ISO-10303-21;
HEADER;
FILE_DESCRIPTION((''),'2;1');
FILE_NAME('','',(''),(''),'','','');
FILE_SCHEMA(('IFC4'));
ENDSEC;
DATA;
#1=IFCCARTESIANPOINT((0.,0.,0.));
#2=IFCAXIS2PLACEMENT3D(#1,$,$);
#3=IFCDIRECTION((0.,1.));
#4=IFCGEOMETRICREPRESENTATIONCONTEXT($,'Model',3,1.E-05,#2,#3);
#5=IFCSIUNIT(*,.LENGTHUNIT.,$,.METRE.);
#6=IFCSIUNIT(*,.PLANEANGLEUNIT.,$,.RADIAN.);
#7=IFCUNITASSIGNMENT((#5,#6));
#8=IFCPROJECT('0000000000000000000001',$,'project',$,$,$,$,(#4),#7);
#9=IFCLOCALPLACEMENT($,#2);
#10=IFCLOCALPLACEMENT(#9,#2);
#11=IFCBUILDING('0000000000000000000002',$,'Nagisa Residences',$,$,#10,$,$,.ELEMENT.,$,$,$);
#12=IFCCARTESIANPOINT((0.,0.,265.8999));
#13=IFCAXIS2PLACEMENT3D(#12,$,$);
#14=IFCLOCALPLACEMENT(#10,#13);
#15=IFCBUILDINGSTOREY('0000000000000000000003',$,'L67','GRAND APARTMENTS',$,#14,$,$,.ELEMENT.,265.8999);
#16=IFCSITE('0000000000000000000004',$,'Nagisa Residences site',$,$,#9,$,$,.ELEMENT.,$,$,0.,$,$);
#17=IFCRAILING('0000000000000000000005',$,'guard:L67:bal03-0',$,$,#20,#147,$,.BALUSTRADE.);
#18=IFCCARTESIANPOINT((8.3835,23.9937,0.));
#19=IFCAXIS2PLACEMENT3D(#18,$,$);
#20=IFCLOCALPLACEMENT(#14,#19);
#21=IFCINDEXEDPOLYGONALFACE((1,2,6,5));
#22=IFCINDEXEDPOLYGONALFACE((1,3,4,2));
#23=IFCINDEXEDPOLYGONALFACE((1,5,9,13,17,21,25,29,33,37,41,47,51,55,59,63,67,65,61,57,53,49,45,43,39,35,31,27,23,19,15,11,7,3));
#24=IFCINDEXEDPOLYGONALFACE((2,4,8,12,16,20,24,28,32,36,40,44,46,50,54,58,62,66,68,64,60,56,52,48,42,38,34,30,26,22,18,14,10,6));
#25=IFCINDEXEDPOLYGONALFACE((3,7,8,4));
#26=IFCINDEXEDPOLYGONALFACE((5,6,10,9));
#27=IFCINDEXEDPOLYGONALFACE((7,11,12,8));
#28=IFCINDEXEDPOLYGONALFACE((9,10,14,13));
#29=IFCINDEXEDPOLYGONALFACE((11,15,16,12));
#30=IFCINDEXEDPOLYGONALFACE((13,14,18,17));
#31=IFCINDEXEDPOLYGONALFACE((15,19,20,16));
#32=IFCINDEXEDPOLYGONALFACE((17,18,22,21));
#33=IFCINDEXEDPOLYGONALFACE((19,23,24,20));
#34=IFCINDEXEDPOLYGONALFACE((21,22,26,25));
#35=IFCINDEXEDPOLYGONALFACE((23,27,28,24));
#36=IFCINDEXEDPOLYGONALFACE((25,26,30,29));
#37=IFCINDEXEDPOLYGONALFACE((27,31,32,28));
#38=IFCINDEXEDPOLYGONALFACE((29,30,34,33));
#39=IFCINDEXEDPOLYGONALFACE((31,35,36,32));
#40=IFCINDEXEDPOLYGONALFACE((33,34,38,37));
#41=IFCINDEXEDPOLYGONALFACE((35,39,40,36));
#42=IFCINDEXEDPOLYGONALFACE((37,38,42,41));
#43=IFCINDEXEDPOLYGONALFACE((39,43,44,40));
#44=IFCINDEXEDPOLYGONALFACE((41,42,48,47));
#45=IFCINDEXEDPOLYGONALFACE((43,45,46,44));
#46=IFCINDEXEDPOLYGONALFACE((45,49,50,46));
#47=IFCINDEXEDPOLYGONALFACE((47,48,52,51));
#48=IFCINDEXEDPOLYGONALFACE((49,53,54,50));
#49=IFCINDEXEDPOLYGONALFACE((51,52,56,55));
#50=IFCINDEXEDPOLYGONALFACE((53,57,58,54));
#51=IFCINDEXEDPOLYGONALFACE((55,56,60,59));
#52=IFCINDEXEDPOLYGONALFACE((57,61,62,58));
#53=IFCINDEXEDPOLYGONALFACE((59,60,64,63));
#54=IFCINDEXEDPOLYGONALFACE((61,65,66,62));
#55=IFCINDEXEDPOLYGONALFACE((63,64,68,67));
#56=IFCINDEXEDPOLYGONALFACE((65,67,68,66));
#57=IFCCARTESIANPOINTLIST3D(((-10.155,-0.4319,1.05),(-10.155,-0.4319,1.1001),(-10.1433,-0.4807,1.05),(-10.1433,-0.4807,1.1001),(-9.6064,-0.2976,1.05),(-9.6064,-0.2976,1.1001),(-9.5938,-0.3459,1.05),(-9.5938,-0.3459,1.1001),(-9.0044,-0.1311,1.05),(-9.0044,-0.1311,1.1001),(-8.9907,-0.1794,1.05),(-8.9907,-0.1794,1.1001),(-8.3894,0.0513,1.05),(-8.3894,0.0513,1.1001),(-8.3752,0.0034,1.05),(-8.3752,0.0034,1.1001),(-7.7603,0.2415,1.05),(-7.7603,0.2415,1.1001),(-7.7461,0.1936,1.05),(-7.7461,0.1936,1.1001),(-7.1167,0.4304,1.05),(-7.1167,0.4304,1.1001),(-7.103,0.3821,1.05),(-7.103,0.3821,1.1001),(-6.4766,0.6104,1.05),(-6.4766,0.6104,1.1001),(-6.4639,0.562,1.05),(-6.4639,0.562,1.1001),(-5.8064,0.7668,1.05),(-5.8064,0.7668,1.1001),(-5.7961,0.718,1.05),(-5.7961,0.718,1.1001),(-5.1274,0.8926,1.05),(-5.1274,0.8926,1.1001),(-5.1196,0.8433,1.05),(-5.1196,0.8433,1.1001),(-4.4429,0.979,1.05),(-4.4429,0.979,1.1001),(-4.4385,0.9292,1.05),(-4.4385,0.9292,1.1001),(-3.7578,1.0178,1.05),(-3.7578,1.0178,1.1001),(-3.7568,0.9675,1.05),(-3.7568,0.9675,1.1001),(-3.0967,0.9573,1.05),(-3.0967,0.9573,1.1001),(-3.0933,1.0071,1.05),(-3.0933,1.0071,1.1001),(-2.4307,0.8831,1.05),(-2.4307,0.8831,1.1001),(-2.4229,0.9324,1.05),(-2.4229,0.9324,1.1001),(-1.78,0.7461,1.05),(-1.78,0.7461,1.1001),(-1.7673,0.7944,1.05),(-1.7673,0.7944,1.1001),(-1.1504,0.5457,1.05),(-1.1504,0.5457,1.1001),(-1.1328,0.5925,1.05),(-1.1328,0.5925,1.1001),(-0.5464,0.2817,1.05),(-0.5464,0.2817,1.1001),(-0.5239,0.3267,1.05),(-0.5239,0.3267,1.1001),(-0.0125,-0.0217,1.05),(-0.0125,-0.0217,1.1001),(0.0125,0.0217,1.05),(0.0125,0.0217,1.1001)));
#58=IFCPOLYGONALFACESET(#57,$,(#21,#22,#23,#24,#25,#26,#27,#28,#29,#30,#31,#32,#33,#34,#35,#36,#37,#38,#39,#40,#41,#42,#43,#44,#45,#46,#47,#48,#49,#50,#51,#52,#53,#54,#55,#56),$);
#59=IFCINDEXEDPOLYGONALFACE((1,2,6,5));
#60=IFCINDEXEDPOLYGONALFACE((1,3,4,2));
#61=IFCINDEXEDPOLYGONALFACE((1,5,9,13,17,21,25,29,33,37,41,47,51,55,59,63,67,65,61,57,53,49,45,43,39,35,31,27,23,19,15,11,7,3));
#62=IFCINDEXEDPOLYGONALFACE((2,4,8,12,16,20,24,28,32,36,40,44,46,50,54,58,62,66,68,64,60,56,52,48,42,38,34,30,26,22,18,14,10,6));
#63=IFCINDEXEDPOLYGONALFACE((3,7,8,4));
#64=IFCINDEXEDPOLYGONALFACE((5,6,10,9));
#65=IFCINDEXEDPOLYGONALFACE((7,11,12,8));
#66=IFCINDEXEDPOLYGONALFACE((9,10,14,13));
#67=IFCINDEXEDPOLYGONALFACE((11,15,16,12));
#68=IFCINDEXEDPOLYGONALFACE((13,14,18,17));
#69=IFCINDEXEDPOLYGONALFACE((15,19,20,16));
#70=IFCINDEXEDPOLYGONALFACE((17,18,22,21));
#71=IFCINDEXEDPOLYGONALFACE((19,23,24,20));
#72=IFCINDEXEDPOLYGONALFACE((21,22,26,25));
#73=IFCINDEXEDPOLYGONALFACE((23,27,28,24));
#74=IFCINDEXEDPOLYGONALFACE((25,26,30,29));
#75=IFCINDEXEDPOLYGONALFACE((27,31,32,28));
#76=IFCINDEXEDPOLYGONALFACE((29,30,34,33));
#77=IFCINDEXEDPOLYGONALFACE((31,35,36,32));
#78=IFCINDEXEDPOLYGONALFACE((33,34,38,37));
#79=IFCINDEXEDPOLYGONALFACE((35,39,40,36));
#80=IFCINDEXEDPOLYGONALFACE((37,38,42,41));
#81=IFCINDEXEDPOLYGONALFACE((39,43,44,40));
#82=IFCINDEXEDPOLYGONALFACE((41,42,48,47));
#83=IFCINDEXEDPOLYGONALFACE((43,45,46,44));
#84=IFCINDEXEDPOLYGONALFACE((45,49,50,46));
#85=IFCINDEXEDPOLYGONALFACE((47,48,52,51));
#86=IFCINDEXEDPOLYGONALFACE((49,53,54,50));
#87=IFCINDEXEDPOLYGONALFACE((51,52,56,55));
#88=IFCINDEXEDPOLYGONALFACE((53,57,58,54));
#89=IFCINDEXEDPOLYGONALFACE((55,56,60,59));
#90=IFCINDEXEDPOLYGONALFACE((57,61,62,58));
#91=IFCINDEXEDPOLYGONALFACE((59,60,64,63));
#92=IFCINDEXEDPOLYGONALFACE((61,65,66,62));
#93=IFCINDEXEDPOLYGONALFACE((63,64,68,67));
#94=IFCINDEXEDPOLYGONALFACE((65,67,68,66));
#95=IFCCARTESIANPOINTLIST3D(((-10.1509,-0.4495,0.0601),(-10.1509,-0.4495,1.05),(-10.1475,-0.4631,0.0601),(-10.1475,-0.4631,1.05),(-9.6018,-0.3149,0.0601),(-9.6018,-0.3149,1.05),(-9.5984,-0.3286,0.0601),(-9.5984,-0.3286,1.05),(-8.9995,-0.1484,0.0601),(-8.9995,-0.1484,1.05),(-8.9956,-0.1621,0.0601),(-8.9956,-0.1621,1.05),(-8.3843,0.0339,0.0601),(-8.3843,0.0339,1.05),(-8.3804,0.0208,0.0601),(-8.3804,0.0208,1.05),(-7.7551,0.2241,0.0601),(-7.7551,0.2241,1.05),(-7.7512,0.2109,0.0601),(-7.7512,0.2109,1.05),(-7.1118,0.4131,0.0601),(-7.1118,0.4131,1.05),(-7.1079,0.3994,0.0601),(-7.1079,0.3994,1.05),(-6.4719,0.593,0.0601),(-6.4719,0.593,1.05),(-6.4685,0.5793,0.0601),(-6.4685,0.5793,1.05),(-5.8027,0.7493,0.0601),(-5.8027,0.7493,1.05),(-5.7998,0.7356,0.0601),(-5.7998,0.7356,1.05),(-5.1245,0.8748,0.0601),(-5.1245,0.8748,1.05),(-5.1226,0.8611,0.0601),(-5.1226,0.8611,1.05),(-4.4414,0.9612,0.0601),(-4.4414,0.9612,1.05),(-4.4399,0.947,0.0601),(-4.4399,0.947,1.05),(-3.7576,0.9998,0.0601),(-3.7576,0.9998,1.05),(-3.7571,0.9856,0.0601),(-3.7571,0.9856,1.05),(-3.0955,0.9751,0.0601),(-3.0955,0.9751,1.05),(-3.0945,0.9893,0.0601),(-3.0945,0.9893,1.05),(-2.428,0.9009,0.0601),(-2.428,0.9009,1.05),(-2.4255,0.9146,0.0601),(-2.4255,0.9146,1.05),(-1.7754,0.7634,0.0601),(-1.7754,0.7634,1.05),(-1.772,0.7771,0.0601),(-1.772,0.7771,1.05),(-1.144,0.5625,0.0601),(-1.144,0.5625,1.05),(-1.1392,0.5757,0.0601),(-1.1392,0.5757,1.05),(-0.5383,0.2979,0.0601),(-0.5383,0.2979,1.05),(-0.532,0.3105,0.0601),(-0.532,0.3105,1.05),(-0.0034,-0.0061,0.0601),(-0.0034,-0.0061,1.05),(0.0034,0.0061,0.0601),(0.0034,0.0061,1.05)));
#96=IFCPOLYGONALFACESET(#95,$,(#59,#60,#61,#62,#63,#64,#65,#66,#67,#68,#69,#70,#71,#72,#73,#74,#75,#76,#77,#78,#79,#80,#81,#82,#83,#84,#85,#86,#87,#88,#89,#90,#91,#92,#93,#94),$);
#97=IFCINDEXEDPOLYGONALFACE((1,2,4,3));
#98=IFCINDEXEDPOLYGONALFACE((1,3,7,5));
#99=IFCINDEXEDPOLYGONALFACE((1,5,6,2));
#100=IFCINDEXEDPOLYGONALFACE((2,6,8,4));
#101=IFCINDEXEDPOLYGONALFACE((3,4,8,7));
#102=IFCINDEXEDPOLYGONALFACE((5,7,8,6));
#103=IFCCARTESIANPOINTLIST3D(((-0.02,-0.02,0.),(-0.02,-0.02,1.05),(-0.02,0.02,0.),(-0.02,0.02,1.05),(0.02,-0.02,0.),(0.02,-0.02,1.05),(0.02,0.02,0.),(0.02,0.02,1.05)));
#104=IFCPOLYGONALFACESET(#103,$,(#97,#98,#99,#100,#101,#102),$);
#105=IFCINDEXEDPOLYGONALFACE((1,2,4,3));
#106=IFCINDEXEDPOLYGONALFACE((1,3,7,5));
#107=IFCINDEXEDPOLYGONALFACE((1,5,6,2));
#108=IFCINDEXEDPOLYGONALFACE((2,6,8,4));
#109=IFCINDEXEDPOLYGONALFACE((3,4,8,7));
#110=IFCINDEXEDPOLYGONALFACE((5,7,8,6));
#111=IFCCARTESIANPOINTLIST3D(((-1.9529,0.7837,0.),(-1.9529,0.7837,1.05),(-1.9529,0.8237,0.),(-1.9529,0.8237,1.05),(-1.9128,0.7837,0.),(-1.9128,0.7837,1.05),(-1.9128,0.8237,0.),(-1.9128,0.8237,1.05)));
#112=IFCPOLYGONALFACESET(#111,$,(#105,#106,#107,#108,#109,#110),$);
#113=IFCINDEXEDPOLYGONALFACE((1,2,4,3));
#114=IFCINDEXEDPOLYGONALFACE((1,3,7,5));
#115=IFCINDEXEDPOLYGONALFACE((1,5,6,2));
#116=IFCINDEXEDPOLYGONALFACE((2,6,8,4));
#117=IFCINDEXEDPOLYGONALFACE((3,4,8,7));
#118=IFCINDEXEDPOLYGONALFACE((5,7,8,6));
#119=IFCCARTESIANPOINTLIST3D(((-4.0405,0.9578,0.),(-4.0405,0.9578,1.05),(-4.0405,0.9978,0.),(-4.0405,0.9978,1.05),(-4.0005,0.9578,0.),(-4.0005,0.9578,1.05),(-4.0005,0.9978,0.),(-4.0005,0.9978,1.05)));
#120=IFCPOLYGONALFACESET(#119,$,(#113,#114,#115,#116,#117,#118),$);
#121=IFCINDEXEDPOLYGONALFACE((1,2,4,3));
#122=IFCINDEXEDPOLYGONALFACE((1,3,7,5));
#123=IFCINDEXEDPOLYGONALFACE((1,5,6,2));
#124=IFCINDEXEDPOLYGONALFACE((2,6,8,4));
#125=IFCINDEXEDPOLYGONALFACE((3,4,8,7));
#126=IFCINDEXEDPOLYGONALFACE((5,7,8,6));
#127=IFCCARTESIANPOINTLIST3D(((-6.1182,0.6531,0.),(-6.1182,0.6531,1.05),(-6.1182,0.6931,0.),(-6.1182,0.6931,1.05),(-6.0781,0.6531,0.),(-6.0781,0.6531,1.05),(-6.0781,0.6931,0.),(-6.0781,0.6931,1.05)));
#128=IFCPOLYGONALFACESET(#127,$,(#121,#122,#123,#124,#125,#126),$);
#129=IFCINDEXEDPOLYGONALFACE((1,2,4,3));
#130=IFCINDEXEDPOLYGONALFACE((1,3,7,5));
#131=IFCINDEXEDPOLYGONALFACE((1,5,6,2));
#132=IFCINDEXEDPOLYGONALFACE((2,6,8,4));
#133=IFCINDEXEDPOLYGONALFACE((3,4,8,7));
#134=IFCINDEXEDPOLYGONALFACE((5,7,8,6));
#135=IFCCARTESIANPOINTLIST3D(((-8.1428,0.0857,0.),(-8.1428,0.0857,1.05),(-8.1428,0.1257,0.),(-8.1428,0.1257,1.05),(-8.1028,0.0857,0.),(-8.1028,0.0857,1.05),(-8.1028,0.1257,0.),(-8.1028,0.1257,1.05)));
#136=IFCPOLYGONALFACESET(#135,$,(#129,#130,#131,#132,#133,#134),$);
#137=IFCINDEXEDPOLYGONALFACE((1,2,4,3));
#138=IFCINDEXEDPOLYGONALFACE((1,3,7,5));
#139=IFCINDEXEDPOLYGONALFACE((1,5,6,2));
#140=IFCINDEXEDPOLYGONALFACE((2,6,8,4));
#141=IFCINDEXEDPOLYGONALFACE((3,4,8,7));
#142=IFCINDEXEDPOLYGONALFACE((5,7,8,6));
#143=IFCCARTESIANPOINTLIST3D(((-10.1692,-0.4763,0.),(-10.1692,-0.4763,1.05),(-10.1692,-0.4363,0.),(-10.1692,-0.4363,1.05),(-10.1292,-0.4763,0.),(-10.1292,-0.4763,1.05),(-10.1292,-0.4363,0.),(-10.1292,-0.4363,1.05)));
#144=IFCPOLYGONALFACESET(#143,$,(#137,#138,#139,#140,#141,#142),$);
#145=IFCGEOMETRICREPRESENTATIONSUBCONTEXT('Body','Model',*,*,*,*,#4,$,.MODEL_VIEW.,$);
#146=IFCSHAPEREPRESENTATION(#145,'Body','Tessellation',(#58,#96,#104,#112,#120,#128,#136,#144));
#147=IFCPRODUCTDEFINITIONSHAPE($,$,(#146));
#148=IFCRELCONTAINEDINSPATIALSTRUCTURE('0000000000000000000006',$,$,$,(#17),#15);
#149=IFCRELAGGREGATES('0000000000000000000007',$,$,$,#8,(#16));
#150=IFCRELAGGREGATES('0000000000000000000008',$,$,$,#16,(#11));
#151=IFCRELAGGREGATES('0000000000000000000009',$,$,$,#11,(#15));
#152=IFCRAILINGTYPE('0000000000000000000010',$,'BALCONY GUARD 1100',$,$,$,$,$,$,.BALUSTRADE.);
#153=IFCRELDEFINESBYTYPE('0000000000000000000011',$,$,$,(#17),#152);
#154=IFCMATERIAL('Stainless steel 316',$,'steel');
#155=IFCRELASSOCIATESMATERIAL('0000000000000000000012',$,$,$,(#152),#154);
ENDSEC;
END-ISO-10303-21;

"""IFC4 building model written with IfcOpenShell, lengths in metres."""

from ifc_helpers import new_model, si_unit, direction, frame, origin, origin_2d, place, context, subcontext, project, spatial, polyline, rectangle, outline, extrude, material, type_object, element, save


model = new_model("IFC4")

# Units and contexts
model_context = context("Model", 3, precision=1e-05, world=origin(), true_north=direction((0.0, 1.0)))
body_context = subcontext(model_context, "Body", "Model", "MODEL_VIEW")
ifc_project = project(units=[si_unit("LENGTHUNIT", "METRE"), si_unit("PLANEANGLEUNIT", "RADIAN")], contexts=[model_context])

# Site, building, storey
site_placement = place(None, origin())
site = spatial("IfcSite", under=ifc_project, at=site_placement, Name="Nagisa Residences site", CompositionType="ELEMENT", RefElevation=0.0)
building_placement = place(site_placement, origin())
building = spatial("IfcBuilding", under=site, at=building_placement, Name="Nagisa Residences", CompositionType="ELEMENT")
storey_placement = place(building_placement, frame((0.0, 0.0, 265.8999)))
storey = spatial("IfcBuildingStorey", under=building, at=storey_placement, Name="L67", Description="GRAND APARTMENTS", CompositionType="ELEMENT", Elevation=265.8999)

# Railing
ifc_material_1 = material(Name="Stainless steel 316", Category="steel")
railing_type_1 = type_object("IfcRailingType", Name="BALCONY GUARD 1100", PredefinedType="BALUSTRADE", material=ifc_material_1)
railing_1_placement = place(storey_placement, frame((8.3835, 23.9937, 0.0)))
element("IfcRailing", 1, at=railing_1_placement, inside=storey, type_object=railing_type_1, Name="guard:L67:bal03-0", PredefinedType="BALUSTRADE", context=body_context, shape_type="SweptSolid", body=[
    extrude(outline(polyline([(-0.5464, 0.2817), (-0.0125, -0.0217), (0.0125, 0.0217), (-0.5239, 0.3267), (-1.1328, 0.5925), (-1.7673, 0.7944), (-2.4229, 0.9324), (-3.0933, 1.0071), (-3.7578, 1.0178), (-4.4429, 0.979), (-5.1274, 0.8926), (-5.8064, 0.7668), (-6.4766, 0.6104), (-7.1167, 0.4304), (-7.7603, 0.2415), (-8.3894, 0.0513), (-9.0044, -0.1311), (-9.6064, -0.2976), (-10.155, -0.4319), (-10.1433, -0.4807), (-9.5938, -0.3459), (-8.9907, -0.1794), (-8.3752, 0.0034), (-7.7461, 0.1936), (-7.103, 0.3821), (-6.4639, 0.562), (-5.7961, 0.718), (-5.1196, 0.8433), (-4.4385, 0.9292), (-3.7568, 0.9675), (-3.0967, 0.9573), (-2.4307, 0.8831), (-1.78, 0.7461), (-1.1504, 0.5457), (-0.5464, 0.2817)])), frame((0.0, 0.0, 1.05)), (0.0, 0.0, 1.0), 0.05),
    extrude(outline(polyline([(-0.5383, 0.2979), (-0.0034, -0.0061), (0.0034, 0.0061), (-0.532, 0.3105), (-1.1392, 0.5757), (-1.772, 0.7771), (-2.4255, 0.9146), (-3.0945, 0.9893), (-3.7576, 0.9998), (-4.4414, 0.9612), (-5.1245, 0.8748), (-5.8027, 0.7493), (-6.4719, 0.593), (-7.1118, 0.4131), (-7.7551, 0.2241), (-8.3843, 0.0339), (-8.9995, -0.1484), (-9.6018, -0.3149), (-10.1509, -0.4495), (-10.1475, -0.4631), (-9.5984, -0.3286), (-8.9956, -0.1621), (-8.3804, 0.0208), (-7.7512, 0.2109), (-7.1079, 0.3994), (-6.4685, 0.5793), (-5.7998, 0.7356), (-5.1226, 0.8611), (-4.4399, 0.947), (-3.7571, 0.9856), (-3.0955, 0.9751), (-2.428, 0.9009), (-1.7754, 0.7634), (-1.144, 0.5625), (-0.5383, 0.2979)])), frame((0.0, 0.0, 0.0601)), (0.0, 0.0, 1.0), 0.99),
    extrude(rectangle(XDim=0.04, YDim=0.04, at=origin_2d()), origin(), (0.0, 0.0, 1.0), 1.05),
    extrude(rectangle(XDim=0.04, YDim=0.04, at=origin_2d()), frame((-1.9329, 0.8037, 0.0)), (0.0, 0.0, 1.0), 1.05),
    extrude(rectangle(XDim=0.04, YDim=0.04, at=origin_2d()), frame((-4.0205, 0.9778, 0.0)), (0.0, 0.0, 1.0), 1.05),
    extrude(rectangle(XDim=0.04, YDim=0.04, at=origin_2d()), frame((-6.0981, 0.6731, 0.0)), (0.0, 0.0, 1.0), 1.05),
    extrude(rectangle(XDim=0.04, YDim=0.04, at=origin_2d()), frame((-8.1228, 0.1057, 0.0)), (0.0, 0.0, 1.0), 1.05),
    extrude(rectangle(XDim=0.04, YDim=0.04, at=origin_2d()), frame((-10.1492, -0.4563, 0.0)), (0.0, 0.0, 1.0), 1.05),
])

save(model, "model.ifc")
